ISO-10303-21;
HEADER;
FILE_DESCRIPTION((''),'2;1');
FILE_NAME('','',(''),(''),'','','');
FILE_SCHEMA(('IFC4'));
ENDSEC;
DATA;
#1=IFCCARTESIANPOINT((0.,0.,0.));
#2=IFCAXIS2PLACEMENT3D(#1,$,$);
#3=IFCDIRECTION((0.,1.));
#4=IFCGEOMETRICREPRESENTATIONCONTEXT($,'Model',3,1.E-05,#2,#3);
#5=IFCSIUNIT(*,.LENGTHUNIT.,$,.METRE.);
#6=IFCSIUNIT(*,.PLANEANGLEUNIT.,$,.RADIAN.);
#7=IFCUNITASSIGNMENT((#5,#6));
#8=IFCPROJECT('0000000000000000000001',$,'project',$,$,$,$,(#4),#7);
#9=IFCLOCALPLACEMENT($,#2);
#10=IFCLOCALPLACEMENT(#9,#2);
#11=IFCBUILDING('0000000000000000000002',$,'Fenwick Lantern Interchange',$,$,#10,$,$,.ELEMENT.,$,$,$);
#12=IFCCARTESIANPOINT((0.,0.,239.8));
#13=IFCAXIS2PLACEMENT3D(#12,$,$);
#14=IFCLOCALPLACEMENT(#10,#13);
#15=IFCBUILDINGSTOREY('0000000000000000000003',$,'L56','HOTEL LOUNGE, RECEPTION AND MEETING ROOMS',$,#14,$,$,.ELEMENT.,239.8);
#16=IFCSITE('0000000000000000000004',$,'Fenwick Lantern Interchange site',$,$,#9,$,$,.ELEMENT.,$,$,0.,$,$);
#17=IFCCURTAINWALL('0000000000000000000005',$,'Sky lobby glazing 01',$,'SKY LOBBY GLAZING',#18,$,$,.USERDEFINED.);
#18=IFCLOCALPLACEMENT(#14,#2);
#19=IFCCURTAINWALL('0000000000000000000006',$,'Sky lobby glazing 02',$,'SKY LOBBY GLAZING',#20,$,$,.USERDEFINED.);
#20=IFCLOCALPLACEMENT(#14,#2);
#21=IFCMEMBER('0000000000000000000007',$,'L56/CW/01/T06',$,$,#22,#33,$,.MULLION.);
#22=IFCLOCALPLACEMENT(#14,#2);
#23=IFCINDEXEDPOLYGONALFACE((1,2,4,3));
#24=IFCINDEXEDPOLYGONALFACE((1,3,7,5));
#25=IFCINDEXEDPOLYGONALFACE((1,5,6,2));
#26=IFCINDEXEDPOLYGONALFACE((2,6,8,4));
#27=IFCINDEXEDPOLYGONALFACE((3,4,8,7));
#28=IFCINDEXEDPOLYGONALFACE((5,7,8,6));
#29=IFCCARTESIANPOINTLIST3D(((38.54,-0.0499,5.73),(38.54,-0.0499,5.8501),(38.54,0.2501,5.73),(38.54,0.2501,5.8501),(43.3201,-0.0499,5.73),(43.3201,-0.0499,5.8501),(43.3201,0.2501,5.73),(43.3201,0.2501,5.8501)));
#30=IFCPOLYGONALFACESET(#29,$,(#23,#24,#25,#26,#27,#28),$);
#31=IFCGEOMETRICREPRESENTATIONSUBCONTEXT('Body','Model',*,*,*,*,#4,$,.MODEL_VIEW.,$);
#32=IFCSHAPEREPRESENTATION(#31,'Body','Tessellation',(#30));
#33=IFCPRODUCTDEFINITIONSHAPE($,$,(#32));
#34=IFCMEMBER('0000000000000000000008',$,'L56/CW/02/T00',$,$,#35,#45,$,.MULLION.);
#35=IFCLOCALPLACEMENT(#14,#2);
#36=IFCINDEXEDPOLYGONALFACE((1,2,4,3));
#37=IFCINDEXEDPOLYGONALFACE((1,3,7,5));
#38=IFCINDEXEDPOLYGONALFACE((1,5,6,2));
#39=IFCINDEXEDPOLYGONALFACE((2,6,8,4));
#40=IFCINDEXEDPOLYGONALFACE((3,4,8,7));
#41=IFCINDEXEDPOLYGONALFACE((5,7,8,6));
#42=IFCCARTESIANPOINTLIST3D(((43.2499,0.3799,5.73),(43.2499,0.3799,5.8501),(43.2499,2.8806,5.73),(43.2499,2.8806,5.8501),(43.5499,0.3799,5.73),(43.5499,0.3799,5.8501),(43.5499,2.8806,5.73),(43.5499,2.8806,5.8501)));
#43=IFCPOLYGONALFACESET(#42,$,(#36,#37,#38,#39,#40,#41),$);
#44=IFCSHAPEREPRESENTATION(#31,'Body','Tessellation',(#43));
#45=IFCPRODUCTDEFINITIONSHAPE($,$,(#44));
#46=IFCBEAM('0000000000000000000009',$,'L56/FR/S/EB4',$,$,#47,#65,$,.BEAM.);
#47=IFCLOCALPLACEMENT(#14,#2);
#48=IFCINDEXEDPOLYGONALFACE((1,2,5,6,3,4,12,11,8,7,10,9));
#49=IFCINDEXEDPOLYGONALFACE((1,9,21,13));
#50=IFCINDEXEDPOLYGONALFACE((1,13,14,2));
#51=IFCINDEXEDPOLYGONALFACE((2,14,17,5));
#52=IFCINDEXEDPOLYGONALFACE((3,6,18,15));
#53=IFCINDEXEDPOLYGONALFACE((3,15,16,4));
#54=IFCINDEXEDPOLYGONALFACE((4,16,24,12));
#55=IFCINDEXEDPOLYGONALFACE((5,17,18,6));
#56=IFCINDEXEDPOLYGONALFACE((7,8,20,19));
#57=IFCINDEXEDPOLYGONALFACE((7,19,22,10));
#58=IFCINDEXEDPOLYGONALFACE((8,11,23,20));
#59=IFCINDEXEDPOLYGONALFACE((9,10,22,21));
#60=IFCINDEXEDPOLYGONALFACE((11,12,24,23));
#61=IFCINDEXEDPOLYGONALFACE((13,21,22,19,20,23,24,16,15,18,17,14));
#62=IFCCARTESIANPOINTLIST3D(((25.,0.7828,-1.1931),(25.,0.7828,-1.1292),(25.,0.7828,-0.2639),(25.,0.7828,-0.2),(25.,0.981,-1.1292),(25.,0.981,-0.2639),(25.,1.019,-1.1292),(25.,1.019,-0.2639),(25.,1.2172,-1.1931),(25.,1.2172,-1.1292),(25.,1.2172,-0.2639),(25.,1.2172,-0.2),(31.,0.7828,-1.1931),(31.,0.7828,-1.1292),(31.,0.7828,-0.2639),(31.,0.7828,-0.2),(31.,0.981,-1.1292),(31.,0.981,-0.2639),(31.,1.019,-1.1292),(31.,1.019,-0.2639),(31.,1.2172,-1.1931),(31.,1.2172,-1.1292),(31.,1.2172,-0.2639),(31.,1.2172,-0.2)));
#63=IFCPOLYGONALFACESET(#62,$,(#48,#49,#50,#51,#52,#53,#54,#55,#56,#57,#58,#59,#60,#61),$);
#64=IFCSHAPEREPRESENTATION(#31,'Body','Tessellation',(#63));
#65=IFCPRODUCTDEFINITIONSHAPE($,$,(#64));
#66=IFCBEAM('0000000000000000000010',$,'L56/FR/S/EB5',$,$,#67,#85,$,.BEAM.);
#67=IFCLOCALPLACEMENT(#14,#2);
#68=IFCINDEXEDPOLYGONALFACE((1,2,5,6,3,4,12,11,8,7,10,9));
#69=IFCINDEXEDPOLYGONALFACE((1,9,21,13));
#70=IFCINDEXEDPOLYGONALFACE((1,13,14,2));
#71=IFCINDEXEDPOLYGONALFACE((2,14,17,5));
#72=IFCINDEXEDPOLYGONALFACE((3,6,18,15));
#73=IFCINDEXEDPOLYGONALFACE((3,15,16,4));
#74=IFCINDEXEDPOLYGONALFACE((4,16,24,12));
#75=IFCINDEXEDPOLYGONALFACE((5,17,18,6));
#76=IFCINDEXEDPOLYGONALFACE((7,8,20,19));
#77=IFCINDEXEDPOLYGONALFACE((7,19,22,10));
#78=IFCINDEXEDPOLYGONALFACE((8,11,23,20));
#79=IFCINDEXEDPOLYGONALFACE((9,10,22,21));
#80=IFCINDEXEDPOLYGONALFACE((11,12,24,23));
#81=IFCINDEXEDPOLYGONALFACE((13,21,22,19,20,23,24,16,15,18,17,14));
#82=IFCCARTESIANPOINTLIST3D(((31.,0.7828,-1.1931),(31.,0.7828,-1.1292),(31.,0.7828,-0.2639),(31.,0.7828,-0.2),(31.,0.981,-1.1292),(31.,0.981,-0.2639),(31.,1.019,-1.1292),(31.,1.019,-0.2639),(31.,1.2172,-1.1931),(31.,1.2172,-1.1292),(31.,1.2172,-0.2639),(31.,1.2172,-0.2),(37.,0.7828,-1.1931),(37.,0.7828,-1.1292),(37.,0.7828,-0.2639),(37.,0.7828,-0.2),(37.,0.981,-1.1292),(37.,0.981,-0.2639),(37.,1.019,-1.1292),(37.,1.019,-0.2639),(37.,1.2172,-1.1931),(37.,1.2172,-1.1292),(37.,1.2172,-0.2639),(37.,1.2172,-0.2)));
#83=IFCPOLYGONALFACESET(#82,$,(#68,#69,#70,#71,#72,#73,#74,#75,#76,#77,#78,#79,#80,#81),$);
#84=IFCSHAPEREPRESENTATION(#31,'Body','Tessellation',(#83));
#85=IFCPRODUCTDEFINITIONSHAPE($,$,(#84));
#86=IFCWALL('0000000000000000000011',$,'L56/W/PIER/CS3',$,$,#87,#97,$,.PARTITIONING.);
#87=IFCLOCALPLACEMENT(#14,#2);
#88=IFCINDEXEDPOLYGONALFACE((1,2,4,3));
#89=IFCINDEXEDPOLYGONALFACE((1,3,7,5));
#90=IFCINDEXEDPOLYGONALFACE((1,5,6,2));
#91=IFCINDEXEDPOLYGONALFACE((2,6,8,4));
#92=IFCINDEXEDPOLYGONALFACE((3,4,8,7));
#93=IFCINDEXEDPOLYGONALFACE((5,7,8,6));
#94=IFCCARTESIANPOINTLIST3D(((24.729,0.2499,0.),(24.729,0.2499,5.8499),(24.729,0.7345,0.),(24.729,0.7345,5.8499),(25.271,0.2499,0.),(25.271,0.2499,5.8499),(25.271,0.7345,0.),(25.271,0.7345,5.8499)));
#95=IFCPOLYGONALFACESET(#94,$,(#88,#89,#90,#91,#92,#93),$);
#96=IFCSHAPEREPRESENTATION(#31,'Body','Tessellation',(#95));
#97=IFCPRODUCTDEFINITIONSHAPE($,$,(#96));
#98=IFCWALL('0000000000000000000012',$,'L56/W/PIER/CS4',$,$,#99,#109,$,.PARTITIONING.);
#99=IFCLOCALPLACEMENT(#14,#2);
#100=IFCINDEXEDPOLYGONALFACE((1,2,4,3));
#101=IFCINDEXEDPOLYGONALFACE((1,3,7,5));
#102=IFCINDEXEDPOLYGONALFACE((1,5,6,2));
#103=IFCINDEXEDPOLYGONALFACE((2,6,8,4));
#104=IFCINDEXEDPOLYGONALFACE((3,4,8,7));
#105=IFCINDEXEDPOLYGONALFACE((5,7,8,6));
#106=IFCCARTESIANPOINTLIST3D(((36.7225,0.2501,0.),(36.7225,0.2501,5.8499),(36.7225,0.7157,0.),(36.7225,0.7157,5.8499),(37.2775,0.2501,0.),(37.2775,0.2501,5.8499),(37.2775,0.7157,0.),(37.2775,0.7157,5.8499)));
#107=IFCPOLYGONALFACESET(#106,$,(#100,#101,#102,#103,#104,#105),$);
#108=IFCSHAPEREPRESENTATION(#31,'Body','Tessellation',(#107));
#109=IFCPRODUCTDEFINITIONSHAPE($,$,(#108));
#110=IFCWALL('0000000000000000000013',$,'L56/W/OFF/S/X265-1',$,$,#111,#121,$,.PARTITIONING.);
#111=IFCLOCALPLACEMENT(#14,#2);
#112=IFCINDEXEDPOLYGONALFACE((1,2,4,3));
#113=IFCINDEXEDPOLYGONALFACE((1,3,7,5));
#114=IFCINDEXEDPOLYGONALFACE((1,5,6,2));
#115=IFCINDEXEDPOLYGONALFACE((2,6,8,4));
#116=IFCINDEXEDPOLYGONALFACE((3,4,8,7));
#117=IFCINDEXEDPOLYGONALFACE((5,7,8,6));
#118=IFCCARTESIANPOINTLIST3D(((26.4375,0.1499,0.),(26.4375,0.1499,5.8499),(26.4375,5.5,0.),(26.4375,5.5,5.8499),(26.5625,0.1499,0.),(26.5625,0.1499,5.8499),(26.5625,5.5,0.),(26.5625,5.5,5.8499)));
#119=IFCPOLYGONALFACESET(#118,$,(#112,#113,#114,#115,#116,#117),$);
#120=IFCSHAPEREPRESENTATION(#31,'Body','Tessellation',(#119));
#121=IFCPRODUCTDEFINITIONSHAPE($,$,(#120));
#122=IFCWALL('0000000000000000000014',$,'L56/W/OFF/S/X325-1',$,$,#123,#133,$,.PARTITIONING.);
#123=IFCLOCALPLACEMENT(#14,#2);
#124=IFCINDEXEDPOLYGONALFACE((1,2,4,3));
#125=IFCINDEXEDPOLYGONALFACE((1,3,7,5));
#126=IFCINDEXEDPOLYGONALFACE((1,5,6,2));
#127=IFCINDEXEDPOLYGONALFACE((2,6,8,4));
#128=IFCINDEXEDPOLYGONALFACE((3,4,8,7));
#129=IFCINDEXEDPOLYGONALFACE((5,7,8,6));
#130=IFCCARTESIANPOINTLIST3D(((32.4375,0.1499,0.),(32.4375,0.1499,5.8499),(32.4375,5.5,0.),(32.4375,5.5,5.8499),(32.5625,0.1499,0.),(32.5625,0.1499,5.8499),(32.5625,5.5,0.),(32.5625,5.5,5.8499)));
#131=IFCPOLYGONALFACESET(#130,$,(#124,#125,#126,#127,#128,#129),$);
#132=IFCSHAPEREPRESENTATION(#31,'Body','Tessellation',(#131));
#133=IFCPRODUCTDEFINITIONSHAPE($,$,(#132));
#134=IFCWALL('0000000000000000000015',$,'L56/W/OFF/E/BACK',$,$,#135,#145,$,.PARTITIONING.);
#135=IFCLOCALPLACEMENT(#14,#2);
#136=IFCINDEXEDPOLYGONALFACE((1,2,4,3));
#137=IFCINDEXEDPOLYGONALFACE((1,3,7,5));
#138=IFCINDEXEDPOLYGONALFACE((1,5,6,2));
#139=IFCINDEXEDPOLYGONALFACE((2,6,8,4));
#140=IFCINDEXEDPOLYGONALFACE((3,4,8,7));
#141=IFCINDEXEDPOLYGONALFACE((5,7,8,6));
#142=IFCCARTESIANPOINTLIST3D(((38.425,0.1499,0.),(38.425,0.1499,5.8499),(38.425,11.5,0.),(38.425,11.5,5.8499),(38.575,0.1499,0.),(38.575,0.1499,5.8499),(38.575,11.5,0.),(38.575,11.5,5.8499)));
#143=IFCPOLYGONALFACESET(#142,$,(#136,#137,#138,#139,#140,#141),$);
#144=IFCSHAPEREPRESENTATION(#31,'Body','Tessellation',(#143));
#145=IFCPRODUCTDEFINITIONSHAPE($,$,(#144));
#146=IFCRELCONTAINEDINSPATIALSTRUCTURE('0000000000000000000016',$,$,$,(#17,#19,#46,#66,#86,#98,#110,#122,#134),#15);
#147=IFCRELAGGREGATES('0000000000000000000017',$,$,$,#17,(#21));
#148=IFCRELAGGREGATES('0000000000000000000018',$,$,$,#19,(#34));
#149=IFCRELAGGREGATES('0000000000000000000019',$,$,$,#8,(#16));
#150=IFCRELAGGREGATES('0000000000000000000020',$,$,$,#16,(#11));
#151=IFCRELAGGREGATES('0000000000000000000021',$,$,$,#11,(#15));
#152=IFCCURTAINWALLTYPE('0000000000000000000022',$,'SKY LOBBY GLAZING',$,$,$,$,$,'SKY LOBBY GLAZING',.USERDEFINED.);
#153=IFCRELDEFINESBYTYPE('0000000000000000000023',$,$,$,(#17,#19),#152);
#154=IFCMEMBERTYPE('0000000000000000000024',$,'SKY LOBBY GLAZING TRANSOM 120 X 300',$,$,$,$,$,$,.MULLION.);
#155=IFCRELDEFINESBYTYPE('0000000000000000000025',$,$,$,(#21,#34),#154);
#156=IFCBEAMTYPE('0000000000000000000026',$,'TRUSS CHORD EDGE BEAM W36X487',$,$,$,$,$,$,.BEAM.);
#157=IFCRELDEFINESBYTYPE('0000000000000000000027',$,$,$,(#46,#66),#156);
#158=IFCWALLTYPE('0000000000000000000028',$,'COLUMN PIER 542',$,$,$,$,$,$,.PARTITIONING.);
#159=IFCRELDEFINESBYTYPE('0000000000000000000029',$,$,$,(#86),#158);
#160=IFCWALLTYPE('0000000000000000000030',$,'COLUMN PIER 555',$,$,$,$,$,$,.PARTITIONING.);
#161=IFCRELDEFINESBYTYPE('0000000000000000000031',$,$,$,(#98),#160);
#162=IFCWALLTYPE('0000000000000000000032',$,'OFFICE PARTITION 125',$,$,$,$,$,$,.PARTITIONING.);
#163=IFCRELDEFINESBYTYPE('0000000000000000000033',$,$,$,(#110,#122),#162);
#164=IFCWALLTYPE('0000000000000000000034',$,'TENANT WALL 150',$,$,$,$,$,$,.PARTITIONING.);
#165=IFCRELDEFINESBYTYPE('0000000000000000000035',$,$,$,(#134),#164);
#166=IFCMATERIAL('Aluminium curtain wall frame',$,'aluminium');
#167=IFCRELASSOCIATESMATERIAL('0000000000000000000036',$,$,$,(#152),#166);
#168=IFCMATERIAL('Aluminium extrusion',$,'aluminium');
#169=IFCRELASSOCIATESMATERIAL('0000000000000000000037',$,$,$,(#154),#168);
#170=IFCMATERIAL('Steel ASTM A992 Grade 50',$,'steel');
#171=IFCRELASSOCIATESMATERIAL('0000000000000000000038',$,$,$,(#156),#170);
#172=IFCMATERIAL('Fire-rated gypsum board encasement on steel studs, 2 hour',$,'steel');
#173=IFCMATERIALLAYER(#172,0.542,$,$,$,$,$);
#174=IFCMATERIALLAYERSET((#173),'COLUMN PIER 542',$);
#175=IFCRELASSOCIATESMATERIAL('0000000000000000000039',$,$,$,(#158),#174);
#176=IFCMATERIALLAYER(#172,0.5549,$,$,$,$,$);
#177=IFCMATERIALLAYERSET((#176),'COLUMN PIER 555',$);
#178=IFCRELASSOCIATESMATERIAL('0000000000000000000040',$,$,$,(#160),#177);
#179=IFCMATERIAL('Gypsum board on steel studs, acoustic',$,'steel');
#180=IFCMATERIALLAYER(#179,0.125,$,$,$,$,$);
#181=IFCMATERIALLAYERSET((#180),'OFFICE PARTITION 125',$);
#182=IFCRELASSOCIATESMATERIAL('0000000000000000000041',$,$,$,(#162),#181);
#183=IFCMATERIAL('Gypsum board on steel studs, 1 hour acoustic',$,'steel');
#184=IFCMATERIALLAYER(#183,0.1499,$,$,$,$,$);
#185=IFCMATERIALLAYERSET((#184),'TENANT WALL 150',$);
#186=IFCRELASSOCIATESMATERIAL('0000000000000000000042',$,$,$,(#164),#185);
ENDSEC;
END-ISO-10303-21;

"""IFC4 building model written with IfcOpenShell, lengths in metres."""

from ifc_helpers import new_model, si_unit, direction, frame, frame_2d, origin, origin_2d, place, context, subcontext, project, spatial, rectangle, i_section, extrude, material, layer, layer_set, material_profile, profile_set, type_object, element, aggregate, save


model = new_model("IFC4")

# Units and contexts
model_context = context("Model", 3, precision=1e-05, world=origin(), true_north=direction((0.0, 1.0)))
body_context = subcontext(model_context, "Body", "Model", "MODEL_VIEW")
ifc_project = project(units=[si_unit("LENGTHUNIT", "METRE"), si_unit("PLANEANGLEUNIT", "RADIAN")], contexts=[model_context])

# Site, building, storey
site_placement = place(None, origin())
site = spatial("IfcSite", under=ifc_project, at=site_placement, Name="Fenwick Lantern Interchange site", CompositionType="ELEMENT", RefElevation=0.0)
building_placement = place(site_placement, origin())
building = spatial("IfcBuilding", under=site, at=building_placement, Name="Fenwick Lantern Interchange", CompositionType="ELEMENT")
storey_placement = place(building_placement, frame((0.0, 0.0, 239.8)))
storey = spatial("IfcBuildingStorey", under=building, at=storey_placement, Name="L56", Description="HOTEL LOUNGE, RECEPTION AND MEETING ROOMS", CompositionType="ELEMENT", Elevation=239.8)

# Shared definitions
ifc_material_1 = material(Name="Steel ASTM A992 Grade 50", Category="steel")

# Curtain wall
ifc_material_2 = material(Name="Aluminium curtain wall frame", Category="aluminium")
curtain_wall_type = type_object("IfcCurtainWallType", Name="SKY LOBBY GLAZING", ElementType="SKY LOBBY GLAZING", PredefinedType="USERDEFINED", material=ifc_material_2)
curtain_wall_1_placement = place(storey_placement, origin())
curtain_wall_1 = element("IfcCurtainWall", 1, at=curtain_wall_1_placement, inside=storey, type_object=curtain_wall_type, Name="Sky lobby glazing 01", ObjectType="SKY LOBBY GLAZING", PredefinedType="USERDEFINED")
ifc_material_3 = material(Name="Aluminium extrusion", Category="aluminium")

# Curtain wall
curtain_wall_2_placement = place(storey_placement, origin())
curtain_wall_2 = element("IfcCurtainWall", 2, at=curtain_wall_2_placement, inside=storey, type_object=curtain_wall_type, Name="Sky lobby glazing 02", ObjectType="SKY LOBBY GLAZING", PredefinedType="USERDEFINED")

# Members
ifc_material_profile_1 = material_profile(ifc_material_3, rectangle(XDim=0.3, YDim=0.1201, at=origin_2d()), Name="SKY LOBBY GLAZING TRANSOM 120 X 300")
ifc_profile_set_1 = profile_set([ifc_material_profile_1], Name="Aluminium extrusion")
member_type_1 = type_object("IfcMemberType", Name="SKY LOBBY GLAZING TRANSOM 120 X 300", PredefinedType="MULLION", material=ifc_profile_set_1)
member_1_placement = place(storey_placement, frame((38.54, 0.1001, 5.79), z_axis=(1.0, 0.0, 0.0), x_axis=(0.0, 1.0, 0.0)))
member_1 = element("IfcMember", 3, at=member_1_placement, type_object=member_type_1, Name="L56/CW/01/T06", PredefinedType="MULLION", context=body_context, shape_type="SweptSolid", body=[
    extrude(rectangle(XDim=0.3, YDim=0.1201, at=origin_2d()), origin(), (0.0, 0.0, 1.0), 4.78),
])
aggregate(curtain_wall_1, [member_1])
member_2_placement = place(storey_placement, frame((43.3999, 0.3799, 5.79), z_axis=(0.0, 1.0, 0.0), x_axis=(-1.0, 0.0, 0.0)))
member_2 = element("IfcMember", 4, at=member_2_placement, type_object=member_type_1, Name="L56/CW/02/T00", PredefinedType="MULLION", context=body_context, shape_type="SweptSolid", body=[
    extrude(rectangle(XDim=0.3, YDim=0.1201, at=origin_2d()), origin(), (0.0, 0.0, 1.0), 2.5007),
])

# Beams
ifc_material_profile_2 = material_profile(ifc_material_1, i_section(OverallWidth=0.4343, OverallDepth=0.9932, WebThickness=0.0381, FlangeThickness=0.064, at=origin_2d()), Name="W36X487")
ifc_profile_set_2 = profile_set([ifc_material_profile_2], Name="Steel ASTM A992 Grade 50")
beam_type_1 = type_object("IfcBeamType", Name="TRUSS CHORD EDGE BEAM W36X487", PredefinedType="BEAM", material=ifc_profile_set_2)
for number, where, z_axis, x_axis, name in (
    (5, (25.0, 1.0, -0.6965), (1.0, 0.0, 0.0), (0.0, 1.0, 0.0), "L56/FR/S/EB4"),
    (6, (31.0, 1.0, -0.6965), (1.0, 0.0, 0.0), (0.0, 1.0, 0.0), "L56/FR/S/EB5"),
):
    element("IfcBeam", number, at=place(storey_placement, frame(where, z_axis=z_axis, x_axis=x_axis)), inside=storey, type_object=beam_type_1, Name=name, PredefinedType="BEAM", context=body_context, shape_type="SweptSolid", body=[
        extrude(i_section(OverallWidth=0.4343, OverallDepth=0.9932, WebThickness=0.0381, FlangeThickness=0.064, at=origin_2d()), origin(), (0.0, 0.0, 1.0), 6.0),
    ])

aggregate(curtain_wall_2, [member_2])

# Walls
ifc_material_4 = material(Name="Fire-rated gypsum board encasement on steel studs, 2 hour", Category="steel")
ifc_layer_1 = layer(ifc_material_4, 0.542)
ifc_layer_set_1 = layer_set([ifc_layer_1], Name="COLUMN PIER 542")
wall_type_1 = type_object("IfcWallType", Name="COLUMN PIER 542", PredefinedType="PARTITIONING", material=ifc_layer_set_1)
wall_1_placement = place(storey_placement, frame((25.0, 0.25, 0.0), z_axis=(0.0, 0.0, 1.0), x_axis=(0.0, 1.0, 0.0)))
element("IfcWall", 7, at=wall_1_placement, inside=storey, type_object=wall_type_1, Name="L56/W/PIER/CS3", PredefinedType="PARTITIONING", context=body_context, shape_type="SweptSolid", body=[
    extrude(rectangle(XDim=0.4846, YDim=0.542, at=frame_2d((0.2422, 0.0))), origin(), (0.0, 0.0, 1.0), 5.8499),
])
ifc_layer_2 = layer(ifc_material_4, 0.5549)
ifc_layer_set_2 = layer_set([ifc_layer_2], Name="COLUMN PIER 555")
wall_type_2 = type_object("IfcWallType", Name="COLUMN PIER 555", PredefinedType="PARTITIONING", material=ifc_layer_set_2)
wall_2_placement = place(storey_placement, frame((37.0, 0.25, 0.0), z_axis=(0.0, 0.0, 1.0), x_axis=(0.0, 1.0, 0.0)))
element("IfcWall", 8, at=wall_2_placement, inside=storey, type_object=wall_type_2, Name="L56/W/PIER/CS4", PredefinedType="PARTITIONING", context=body_context, shape_type="SweptSolid", body=[
    extrude(rectangle(XDim=0.4656, YDim=0.5549, at=frame_2d((0.2329, 0.0))), origin(), (0.0, 0.0, 1.0), 5.8499),
])
ifc_material_5 = material(Name="Gypsum board on steel studs, acoustic", Category="steel")
ifc_layer_3 = layer(ifc_material_5, 0.125)
ifc_layer_set_3 = layer_set([ifc_layer_3], Name="OFFICE PARTITION 125")
wall_type_3 = type_object("IfcWallType", Name="OFFICE PARTITION 125", PredefinedType="PARTITIONING", material=ifc_layer_set_3)
for number, where, z_axis, x_axis, name in (
    (9, (26.5, 0.1499, 0.0), (0.0, 0.0, 1.0), (0.0, 1.0, 0.0), "L56/W/OFF/S/X265-1"),
    (10, (32.5, 0.1499, 0.0), (0.0, 0.0, 1.0), (0.0, 1.0, 0.0), "L56/W/OFF/S/X325-1"),
):
    element("IfcWall", number, at=place(storey_placement, frame(where, z_axis=z_axis, x_axis=x_axis)), inside=storey, type_object=wall_type_3, Name=name, PredefinedType="PARTITIONING", context=body_context, shape_type="SweptSolid", body=[
        extrude(rectangle(XDim=5.3501, YDim=0.125, at=frame_2d((2.675, 0.0))), origin(), (0.0, 0.0, 1.0), 5.8499),
    ])
ifc_material_6 = material(Name="Gypsum board on steel studs, 1 hour acoustic", Category="steel")
ifc_layer_4 = layer(ifc_material_6, 0.1499)
ifc_layer_set_4 = layer_set([ifc_layer_4], Name="TENANT WALL 150")
wall_type_4 = type_object("IfcWallType", Name="TENANT WALL 150", PredefinedType="PARTITIONING", material=ifc_layer_set_4)
wall_3_placement = place(storey_placement, frame((38.5, 0.1499, 0.0), z_axis=(0.0, 0.0, 1.0), x_axis=(0.0, 1.0, 0.0)))
element("IfcWall", 11, at=wall_3_placement, inside=storey, type_object=wall_type_4, Name="L56/W/OFF/E/BACK", PredefinedType="PARTITIONING", context=body_context, shape_type="SweptSolid", body=[
    extrude(rectangle(XDim=11.3501, YDim=0.1499, at=frame_2d((5.675, 0.0))), origin(), (0.0, 0.0, 1.0), 5.8499),
])

save(model, "model.ifc")
